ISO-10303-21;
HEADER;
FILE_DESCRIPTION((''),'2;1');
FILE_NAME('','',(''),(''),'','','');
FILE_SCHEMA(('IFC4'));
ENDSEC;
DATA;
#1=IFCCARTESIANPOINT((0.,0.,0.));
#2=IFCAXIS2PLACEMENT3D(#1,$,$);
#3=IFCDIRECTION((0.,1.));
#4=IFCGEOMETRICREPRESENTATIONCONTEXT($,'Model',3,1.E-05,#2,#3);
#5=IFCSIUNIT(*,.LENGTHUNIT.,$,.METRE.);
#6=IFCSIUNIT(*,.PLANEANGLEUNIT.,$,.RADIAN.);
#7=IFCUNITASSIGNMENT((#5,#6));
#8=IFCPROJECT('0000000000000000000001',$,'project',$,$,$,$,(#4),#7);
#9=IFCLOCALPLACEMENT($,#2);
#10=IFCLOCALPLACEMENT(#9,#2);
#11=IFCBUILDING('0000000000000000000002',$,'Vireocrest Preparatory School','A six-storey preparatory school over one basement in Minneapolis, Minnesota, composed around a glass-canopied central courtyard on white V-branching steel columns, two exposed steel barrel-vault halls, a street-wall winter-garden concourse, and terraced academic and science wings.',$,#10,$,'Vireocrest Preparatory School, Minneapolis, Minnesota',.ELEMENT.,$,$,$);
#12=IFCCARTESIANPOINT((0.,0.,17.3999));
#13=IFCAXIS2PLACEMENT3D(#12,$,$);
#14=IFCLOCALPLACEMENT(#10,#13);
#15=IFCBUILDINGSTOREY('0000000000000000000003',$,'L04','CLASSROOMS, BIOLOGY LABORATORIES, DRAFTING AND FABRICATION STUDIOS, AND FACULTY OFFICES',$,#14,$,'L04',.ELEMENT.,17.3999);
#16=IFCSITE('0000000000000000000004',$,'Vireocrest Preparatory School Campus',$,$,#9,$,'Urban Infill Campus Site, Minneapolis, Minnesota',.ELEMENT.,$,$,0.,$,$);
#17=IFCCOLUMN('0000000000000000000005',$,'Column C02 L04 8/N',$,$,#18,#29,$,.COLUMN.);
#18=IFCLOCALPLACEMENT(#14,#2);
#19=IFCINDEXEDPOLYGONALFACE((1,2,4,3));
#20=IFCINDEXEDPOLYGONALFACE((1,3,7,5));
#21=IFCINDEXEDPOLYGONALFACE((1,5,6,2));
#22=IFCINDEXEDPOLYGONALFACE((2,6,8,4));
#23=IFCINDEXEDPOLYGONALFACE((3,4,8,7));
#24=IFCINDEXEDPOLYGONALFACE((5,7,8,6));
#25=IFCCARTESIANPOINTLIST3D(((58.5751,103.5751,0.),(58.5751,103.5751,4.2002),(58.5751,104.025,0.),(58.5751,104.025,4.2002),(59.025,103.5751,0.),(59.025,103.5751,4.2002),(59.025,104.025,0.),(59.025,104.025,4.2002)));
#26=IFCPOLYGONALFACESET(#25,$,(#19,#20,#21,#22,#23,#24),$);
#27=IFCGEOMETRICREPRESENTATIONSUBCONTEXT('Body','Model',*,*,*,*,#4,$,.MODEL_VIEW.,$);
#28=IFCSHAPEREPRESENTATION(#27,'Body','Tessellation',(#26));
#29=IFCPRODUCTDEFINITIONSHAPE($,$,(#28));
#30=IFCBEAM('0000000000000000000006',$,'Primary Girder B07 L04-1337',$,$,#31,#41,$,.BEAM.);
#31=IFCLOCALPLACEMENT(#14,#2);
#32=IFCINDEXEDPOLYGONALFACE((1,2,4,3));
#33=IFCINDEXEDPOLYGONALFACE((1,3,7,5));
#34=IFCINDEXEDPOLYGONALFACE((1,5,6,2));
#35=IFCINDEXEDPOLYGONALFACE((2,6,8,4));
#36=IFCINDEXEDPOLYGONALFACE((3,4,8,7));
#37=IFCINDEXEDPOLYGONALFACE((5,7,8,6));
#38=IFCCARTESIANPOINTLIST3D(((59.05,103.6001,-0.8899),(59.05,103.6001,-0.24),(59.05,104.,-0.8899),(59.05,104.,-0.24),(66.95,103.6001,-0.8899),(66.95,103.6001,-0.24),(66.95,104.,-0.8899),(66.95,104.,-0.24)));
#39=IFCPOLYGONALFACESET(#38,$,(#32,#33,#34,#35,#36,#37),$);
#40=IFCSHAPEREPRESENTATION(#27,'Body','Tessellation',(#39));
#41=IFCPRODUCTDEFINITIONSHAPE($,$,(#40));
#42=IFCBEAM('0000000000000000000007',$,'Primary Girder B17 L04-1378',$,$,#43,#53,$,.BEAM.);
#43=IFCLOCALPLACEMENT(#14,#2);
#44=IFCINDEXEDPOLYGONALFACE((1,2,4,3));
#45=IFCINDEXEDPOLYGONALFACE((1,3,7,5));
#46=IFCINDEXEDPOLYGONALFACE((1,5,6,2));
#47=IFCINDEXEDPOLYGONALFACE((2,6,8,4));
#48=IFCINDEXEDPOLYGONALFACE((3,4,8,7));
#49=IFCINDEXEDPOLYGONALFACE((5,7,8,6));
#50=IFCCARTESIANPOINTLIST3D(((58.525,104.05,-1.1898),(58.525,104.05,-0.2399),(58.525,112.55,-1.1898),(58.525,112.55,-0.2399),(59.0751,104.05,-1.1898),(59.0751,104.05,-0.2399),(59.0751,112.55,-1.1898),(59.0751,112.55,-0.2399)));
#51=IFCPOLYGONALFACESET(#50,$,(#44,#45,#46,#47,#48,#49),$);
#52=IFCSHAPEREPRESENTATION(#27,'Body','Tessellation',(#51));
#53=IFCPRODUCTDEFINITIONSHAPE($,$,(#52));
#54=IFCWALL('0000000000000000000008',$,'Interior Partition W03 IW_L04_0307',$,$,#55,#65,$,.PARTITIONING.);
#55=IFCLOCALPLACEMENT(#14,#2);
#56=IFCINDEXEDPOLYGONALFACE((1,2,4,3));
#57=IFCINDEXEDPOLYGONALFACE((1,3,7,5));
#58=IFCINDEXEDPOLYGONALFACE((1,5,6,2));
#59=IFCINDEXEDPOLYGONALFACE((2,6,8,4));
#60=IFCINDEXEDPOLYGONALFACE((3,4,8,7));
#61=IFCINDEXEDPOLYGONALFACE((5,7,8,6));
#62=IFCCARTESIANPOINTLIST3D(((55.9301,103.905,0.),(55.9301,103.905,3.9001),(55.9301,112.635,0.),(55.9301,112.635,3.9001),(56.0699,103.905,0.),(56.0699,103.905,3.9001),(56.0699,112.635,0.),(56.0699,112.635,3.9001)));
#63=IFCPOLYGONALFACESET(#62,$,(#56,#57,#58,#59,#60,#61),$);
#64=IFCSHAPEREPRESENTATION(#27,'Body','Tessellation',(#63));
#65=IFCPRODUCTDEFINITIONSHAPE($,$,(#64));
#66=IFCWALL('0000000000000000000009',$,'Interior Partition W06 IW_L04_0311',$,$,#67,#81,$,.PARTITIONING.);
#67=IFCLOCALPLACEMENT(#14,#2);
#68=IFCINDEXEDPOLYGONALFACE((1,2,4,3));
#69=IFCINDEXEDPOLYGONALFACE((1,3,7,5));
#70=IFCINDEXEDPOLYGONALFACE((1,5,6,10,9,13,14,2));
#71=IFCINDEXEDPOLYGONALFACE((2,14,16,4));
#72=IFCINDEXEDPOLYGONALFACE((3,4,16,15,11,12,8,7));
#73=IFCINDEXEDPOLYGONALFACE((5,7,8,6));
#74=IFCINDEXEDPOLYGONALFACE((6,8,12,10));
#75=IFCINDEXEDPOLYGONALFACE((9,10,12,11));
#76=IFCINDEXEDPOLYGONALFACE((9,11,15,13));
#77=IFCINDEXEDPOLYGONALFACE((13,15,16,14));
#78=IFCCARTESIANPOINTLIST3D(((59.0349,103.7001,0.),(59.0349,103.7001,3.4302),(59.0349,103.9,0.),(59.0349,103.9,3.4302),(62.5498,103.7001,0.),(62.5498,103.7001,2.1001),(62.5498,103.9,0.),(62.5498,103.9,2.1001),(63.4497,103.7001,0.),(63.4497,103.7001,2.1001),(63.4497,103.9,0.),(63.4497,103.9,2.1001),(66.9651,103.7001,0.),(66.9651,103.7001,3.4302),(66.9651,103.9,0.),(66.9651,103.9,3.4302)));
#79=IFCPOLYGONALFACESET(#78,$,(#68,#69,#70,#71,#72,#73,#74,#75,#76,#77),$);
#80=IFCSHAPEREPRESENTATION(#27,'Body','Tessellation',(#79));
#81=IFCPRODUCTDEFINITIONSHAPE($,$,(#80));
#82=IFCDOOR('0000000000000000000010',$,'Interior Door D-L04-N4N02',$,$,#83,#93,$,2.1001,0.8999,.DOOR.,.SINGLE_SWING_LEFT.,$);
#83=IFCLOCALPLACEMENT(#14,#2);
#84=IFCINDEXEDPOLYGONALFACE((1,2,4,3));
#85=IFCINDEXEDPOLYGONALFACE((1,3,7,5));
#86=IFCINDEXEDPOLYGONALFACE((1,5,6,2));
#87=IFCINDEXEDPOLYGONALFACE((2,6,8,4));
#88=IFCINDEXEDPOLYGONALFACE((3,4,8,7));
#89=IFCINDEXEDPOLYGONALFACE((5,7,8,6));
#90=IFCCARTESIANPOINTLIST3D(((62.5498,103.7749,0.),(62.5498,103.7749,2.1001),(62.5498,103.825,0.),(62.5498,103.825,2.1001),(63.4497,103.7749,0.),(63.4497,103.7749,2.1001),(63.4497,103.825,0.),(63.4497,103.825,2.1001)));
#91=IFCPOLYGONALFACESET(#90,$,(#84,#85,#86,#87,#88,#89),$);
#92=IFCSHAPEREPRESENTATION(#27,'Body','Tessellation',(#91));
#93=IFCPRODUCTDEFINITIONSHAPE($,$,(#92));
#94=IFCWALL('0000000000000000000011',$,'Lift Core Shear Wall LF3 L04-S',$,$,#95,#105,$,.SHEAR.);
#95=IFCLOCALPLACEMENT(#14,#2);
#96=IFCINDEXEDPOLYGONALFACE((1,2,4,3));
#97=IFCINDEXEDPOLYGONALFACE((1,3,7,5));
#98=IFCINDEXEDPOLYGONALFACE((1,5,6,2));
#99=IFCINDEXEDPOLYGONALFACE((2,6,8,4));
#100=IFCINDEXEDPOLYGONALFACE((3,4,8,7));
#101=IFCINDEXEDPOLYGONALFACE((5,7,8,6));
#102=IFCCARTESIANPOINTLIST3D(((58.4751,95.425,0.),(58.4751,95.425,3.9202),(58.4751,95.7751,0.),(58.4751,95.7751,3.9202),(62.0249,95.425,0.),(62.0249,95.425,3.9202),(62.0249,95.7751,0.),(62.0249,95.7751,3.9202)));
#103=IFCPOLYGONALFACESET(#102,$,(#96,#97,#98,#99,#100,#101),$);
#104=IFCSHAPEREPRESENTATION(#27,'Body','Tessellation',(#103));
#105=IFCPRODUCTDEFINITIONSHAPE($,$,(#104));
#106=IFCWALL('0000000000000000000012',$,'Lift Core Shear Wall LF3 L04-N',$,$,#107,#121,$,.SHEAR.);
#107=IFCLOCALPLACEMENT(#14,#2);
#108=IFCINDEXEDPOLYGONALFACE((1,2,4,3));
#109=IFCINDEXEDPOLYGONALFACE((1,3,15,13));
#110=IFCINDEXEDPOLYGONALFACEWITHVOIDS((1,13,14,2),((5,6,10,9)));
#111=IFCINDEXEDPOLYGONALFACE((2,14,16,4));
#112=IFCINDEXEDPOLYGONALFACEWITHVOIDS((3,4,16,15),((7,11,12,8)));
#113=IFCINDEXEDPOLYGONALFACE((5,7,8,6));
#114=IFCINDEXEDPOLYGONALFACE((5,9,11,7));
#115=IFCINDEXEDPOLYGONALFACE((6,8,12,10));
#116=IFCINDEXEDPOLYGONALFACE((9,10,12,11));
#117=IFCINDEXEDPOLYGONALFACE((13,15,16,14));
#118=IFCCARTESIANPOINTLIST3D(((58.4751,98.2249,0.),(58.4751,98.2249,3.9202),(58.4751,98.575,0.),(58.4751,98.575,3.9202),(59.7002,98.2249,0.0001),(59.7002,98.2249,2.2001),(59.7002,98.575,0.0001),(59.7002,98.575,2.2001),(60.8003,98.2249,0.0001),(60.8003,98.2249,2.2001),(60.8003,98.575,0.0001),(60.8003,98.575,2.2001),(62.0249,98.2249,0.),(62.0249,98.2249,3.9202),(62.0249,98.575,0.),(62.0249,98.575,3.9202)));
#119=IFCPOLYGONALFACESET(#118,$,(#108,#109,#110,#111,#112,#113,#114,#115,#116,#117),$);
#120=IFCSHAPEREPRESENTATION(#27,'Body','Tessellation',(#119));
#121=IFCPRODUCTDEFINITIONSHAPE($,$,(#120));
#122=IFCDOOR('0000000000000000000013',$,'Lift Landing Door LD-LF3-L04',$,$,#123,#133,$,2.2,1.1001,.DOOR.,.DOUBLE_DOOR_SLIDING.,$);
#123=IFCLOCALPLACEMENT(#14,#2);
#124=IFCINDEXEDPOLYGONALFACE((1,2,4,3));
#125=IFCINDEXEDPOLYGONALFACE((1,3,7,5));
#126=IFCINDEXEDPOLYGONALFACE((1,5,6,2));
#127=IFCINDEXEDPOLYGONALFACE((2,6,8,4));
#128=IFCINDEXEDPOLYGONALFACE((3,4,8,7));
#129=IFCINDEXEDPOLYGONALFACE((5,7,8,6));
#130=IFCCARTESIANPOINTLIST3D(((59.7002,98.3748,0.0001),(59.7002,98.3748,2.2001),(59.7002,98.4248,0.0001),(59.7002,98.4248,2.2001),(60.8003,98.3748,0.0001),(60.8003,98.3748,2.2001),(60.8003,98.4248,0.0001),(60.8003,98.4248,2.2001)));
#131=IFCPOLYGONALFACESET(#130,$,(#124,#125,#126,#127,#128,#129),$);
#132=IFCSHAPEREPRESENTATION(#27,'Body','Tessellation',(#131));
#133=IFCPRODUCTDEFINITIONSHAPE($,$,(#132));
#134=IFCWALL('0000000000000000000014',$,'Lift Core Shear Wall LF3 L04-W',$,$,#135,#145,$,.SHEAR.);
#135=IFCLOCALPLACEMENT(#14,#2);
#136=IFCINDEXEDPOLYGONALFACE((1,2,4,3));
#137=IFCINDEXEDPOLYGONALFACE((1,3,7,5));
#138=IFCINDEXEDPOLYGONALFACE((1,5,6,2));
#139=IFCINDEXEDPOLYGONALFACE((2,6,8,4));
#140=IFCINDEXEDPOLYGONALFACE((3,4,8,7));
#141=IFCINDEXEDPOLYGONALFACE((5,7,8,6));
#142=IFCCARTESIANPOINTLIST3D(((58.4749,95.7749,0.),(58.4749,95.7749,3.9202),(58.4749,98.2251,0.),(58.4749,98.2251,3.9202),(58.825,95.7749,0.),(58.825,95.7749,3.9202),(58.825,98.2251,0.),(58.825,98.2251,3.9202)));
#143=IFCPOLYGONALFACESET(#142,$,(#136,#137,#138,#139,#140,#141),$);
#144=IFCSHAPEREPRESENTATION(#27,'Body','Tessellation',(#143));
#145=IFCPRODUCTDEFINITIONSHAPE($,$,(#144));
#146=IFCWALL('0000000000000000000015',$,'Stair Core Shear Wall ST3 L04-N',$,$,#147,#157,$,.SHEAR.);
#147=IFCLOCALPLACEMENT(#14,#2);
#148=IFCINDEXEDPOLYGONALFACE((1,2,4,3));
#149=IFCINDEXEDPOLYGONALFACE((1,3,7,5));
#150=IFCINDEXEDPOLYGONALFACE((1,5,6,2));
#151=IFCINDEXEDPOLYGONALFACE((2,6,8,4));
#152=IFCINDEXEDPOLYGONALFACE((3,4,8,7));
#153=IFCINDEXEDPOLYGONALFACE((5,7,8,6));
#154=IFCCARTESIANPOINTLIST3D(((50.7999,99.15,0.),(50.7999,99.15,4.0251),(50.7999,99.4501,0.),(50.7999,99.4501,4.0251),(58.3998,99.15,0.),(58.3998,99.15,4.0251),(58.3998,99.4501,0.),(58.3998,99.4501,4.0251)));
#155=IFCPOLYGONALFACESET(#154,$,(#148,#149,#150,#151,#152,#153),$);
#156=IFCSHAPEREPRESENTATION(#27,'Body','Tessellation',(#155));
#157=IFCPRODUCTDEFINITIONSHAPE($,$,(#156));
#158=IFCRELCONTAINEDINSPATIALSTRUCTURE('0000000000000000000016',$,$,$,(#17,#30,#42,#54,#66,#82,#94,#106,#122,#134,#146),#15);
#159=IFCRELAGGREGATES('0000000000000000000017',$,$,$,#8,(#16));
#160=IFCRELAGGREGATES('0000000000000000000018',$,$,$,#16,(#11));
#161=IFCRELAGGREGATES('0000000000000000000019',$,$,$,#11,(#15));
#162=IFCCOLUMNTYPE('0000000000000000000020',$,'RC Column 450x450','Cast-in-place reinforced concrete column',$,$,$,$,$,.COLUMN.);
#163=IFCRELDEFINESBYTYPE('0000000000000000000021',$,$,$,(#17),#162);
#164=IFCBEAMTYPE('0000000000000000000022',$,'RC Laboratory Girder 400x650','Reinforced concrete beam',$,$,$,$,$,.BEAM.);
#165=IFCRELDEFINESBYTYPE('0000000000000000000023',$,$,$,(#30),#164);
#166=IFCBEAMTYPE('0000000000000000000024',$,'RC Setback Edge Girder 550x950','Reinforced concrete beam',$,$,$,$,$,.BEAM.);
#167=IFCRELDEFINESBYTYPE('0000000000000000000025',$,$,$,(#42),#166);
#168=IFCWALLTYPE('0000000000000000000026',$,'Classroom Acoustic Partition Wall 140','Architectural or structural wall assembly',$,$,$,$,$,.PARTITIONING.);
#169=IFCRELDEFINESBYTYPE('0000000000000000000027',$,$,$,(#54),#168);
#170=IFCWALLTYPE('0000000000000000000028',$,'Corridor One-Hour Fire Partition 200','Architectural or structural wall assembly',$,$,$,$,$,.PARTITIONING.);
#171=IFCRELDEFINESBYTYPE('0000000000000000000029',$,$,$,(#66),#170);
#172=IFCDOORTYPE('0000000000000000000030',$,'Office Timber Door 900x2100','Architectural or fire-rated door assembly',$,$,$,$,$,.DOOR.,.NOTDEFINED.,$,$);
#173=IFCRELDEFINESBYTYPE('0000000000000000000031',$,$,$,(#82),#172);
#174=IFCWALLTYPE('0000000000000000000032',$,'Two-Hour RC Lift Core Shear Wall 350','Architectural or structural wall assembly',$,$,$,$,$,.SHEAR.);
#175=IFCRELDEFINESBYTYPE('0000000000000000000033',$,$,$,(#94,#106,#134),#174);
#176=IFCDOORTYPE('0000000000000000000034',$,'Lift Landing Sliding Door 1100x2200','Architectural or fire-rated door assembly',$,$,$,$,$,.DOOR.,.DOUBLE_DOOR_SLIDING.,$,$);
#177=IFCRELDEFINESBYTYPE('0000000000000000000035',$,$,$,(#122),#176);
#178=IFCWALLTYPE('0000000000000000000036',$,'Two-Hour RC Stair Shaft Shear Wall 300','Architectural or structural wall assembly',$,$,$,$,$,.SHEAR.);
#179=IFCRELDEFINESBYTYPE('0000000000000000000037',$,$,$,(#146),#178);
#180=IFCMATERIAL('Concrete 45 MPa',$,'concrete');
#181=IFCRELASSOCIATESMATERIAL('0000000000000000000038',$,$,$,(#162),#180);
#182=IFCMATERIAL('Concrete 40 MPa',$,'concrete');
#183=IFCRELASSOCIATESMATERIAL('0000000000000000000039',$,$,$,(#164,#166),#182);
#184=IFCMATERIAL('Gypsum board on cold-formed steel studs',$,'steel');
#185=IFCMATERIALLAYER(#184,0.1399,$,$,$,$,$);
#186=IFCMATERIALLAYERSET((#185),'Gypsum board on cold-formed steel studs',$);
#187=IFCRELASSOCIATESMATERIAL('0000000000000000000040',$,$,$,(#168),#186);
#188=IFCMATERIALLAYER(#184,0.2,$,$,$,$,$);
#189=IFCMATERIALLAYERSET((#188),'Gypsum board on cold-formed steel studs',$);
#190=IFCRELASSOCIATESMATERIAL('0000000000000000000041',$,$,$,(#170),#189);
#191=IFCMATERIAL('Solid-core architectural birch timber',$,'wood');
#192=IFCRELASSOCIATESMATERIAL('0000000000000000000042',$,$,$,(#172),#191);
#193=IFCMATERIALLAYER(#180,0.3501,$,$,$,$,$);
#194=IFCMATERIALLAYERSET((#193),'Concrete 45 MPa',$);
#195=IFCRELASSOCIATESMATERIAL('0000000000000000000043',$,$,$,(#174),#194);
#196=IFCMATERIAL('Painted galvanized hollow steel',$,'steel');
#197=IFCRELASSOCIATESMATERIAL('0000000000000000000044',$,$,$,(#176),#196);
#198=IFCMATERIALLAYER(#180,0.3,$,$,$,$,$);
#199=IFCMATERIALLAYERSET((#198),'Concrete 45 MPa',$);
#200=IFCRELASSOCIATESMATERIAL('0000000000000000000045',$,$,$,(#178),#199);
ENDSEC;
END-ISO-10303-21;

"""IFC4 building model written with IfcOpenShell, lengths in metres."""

from ifc_helpers import new_model, si_unit, direction, frame, frame_2d, origin, origin_2d, place, context, subcontext, project, spatial, rectangle, extrude, material, layer, layer_set, material_profile, profile_set, type_object, element, fill, save


model = new_model("IFC4")

# Units and contexts
model_context = context("Model", 3, precision=1e-05, world=origin(), true_north=direction((0.0, 1.0)))
body_context = subcontext(model_context, "Body", "Model", "MODEL_VIEW")
ifc_project = project(units=[si_unit("LENGTHUNIT", "METRE"), si_unit("PLANEANGLEUNIT", "RADIAN")], contexts=[model_context])

# Site, building, storey
site_placement = place(None, origin())
site = spatial("IfcSite", under=ifc_project, at=site_placement, Name="Vireocrest Preparatory School Campus", LongName="Urban Infill Campus Site, Minneapolis, Minnesota", CompositionType="ELEMENT", RefElevation=0.0)
building_placement = place(site_placement, origin())
building = spatial("IfcBuilding", under=site, at=building_placement, Name="Vireocrest Preparatory School", Description="A six-storey preparatory school over one basement in Minneapolis, Minnesota, composed around a glass-canopied central courtyard on white V-branching steel columns, two exposed steel barrel-vault halls, a street-wall winter-garden concourse, and terraced academic and science wings.", LongName="Vireocrest Preparatory School, Minneapolis, Minnesota", CompositionType="ELEMENT")
storey_placement = place(building_placement, frame((0.0, 0.0, 17.3999)))
storey = spatial("IfcBuildingStorey", under=building, at=storey_placement, Name="L04", Description="CLASSROOMS, BIOLOGY LABORATORIES, DRAFTING AND FABRICATION STUDIOS, AND FACULTY OFFICES", LongName="L04", CompositionType="ELEMENT", Elevation=17.3999)

# Column
ifc_material_1 = material(Name="Concrete 45 MPa", Category="concrete")
ifc_material_profile_1 = material_profile(ifc_material_1, rectangle(XDim=0.45, YDim=0.45, at=origin_2d()), Name="RC 450x450")
ifc_profile_set_1 = profile_set([ifc_material_profile_1], Name="Concrete 45 MPa")
column_type = type_object("IfcColumnType", Name="RC Column 450x450", Description="Cast-in-place reinforced concrete column", PredefinedType="COLUMN", material=ifc_profile_set_1)
column_placement = place(storey_placement, frame((58.8, 103.8, 0.0), z_axis=(0.0, 0.0, 1.0), x_axis=(1.0, 0.0, 0.0)))
element("IfcColumn", 1, at=column_placement, inside=storey, type_object=column_type, Name="Column C02 L04 8/N", PredefinedType="COLUMN", context=body_context, shape_type="SweptSolid", body=[
    extrude(rectangle(XDim=0.45, YDim=0.45, at=origin_2d()), origin(), (0.0, 0.0, 1.0), 4.2002),
])

# Beams
ifc_material_2 = material(Name="Concrete 40 MPa", Category="concrete")
ifc_material_profile_2 = material_profile(ifc_material_2, rectangle(XDim=0.3999, YDim=0.6499, at=origin_2d()), Name="RC 400x650")
ifc_profile_set_2 = profile_set([ifc_material_profile_2], Name="Concrete 40 MPa")
beam_type_1 = type_object("IfcBeamType", Name="RC Laboratory Girder 400x650", Description="Reinforced concrete beam", PredefinedType="BEAM", material=ifc_profile_set_2)
beam_1_placement = place(storey_placement, frame((59.05, 103.8, -0.5649), z_axis=(1.0, 0.0, 0.0), x_axis=(0.0, 1.0, 0.0)))
element("IfcBeam", 2, at=beam_1_placement, inside=storey, type_object=beam_type_1, Name="Primary Girder B07 L04-1337", PredefinedType="BEAM", context=body_context, shape_type="SweptSolid", body=[
    extrude(rectangle(XDim=0.3999, YDim=0.6499, at=origin_2d()), origin(), (0.0, 0.0, 1.0), 7.8999),
])
ifc_material_profile_3 = material_profile(ifc_material_2, rectangle(XDim=0.55, YDim=0.95, at=origin_2d()), Name="RC 550x950")
ifc_profile_set_3 = profile_set([ifc_material_profile_3], Name="Concrete 40 MPa")
beam_type_2 = type_object("IfcBeamType", Name="RC Setback Edge Girder 550x950", Description="Reinforced concrete beam", PredefinedType="BEAM", material=ifc_profile_set_3)
beam_2_placement = place(storey_placement, frame((58.8, 104.05, -0.7148), z_axis=(0.0, 1.0, 0.0), x_axis=(-1.0, 0.0, 0.0)))
element("IfcBeam", 3, at=beam_2_placement, inside=storey, type_object=beam_type_2, Name="Primary Girder B17 L04-1378", PredefinedType="BEAM", context=body_context, shape_type="SweptSolid", body=[
    extrude(rectangle(XDim=0.55, YDim=0.95, at=origin_2d()), origin(), (0.0, 0.0, 1.0), 8.5),
])

# Wall
ifc_material_3 = material(Name="Gypsum board on cold-formed steel studs", Category="steel")
ifc_layer_1 = layer(ifc_material_3, 0.1399)
ifc_layer_set_1 = layer_set([ifc_layer_1], Name="Gypsum board on cold-formed steel studs")
wall_type_1 = type_object("IfcWallType", Name="Classroom Acoustic Partition Wall 140", Description="Architectural or structural wall assembly", PredefinedType="PARTITIONING", material=ifc_layer_set_1)
wall_1_placement = place(storey_placement, frame((56.0, 103.905, 0.0), z_axis=(0.0, 0.0, 1.0), x_axis=(0.0, 1.0, 0.0)))
element("IfcWall", 4, at=wall_1_placement, inside=storey, type_object=wall_type_1, Name="Interior Partition W03 IW_L04_0307", PredefinedType="PARTITIONING", context=body_context, shape_type="SweptSolid", body=[
    extrude(rectangle(XDim=8.73, YDim=0.1399, at=frame_2d((4.365, 0.0))), origin(), (0.0, 0.0, 1.0), 3.9001),
])

# Wall, opening, door
ifc_layer_2 = layer(ifc_material_3, 0.2)
ifc_layer_set_2 = layer_set([ifc_layer_2], Name="Gypsum board on cold-formed steel studs")
wall_type_2 = type_object("IfcWallType", Name="Corridor One-Hour Fire Partition 200", Description="Architectural or structural wall assembly", PredefinedType="PARTITIONING", material=ifc_layer_set_2)
wall_2_placement = place(storey_placement, frame((59.0349, 103.8, 0.0), z_axis=(0.0, 0.0, 1.0), x_axis=(1.0, 0.0, 0.0)))
wall_2 = element("IfcWall", 5, at=wall_2_placement, inside=storey, type_object=wall_type_2, Name="Interior Partition W06 IW_L04_0311", PredefinedType="PARTITIONING", context=body_context, shape_type="SweptSolid", body=[
    extrude(rectangle(XDim=7.9302, YDim=0.2, at=frame_2d((3.9651, 0.0))), origin(), (0.0, 0.0, 1.0), 3.4302),
])
opening_1_placement = place(wall_2_placement, frame((3.5149, 0.0, 0.0)))
opening_1 = element("IfcOpeningElement", 6, at=opening_1_placement, cuts=wall_2, PredefinedType="OPENING", context=body_context, shape_type="SweptSolid", body=[
    extrude(rectangle(XDim=0.8999, YDim=2.1001, at=frame_2d((0.45, 1.05))), frame((0.0, 0.1099, 0.0), z_axis=(0.0, -1.0, 0.0), x_axis=(1.0, 0.0, 0.0)), (0.0, 0.0, 1.0), 0.22),
])
ifc_material_4 = material(Name="Solid-core architectural birch timber", Category="wood")
door_type_1 = type_object("IfcDoorType", Name="Office Timber Door 900x2100", Description="Architectural or fire-rated door assembly", OperationType="NOTDEFINED", PredefinedType="DOOR", material=ifc_material_4)
door_1_placement = place(opening_1_placement, origin())
door_1 = element("IfcDoor", 7, at=door_1_placement, inside=storey, type_object=door_type_1, Name="Interior Door D-L04-N4N02", OperationType="SINGLE_SWING_LEFT", OverallHeight=2.1001, OverallWidth=0.8999, PredefinedType="DOOR", context=body_context, shape_type="SweptSolid", body=[
    extrude(rectangle(XDim=0.8999, YDim=2.1001, at=frame_2d((0.45, 1.05))), frame((0.0, 0.0249, 0.0), z_axis=(0.0, -1.0, 0.0), x_axis=(1.0, 0.0, 0.0)), (0.0, 0.0, 1.0), 0.05),
])
fill(opening_1, door_1)

# Wall
ifc_layer_3 = layer(ifc_material_1, 0.3501)
ifc_layer_set_3 = layer_set([ifc_layer_3], Name="Concrete 45 MPa")
wall_type_3 = type_object("IfcWallType", Name="Two-Hour RC Lift Core Shear Wall 350", Description="Architectural or structural wall assembly", PredefinedType="SHEAR", material=ifc_layer_set_3)
wall_3_placement = place(storey_placement, frame((58.4751, 95.6001, 0.0), z_axis=(0.0, 0.0, 1.0), x_axis=(1.0, 0.0, 0.0)))
element("IfcWall", 8, at=wall_3_placement, inside=storey, type_object=wall_type_3, Name="Lift Core Shear Wall LF3 L04-S", PredefinedType="SHEAR", context=body_context, shape_type="SweptSolid", body=[
    extrude(rectangle(XDim=3.5498, YDim=0.3501, at=frame_2d((1.7749, 0.0))), origin(), (0.0, 0.0, 1.0), 3.9202),
])

# Wall, opening, door
wall_4_placement = place(storey_placement, frame((58.4751, 98.3999, 0.0), z_axis=(0.0, 0.0, 1.0), x_axis=(1.0, 0.0, 0.0)))
wall_4 = element("IfcWall", 9, at=wall_4_placement, inside=storey, type_object=wall_type_3, Name="Lift Core Shear Wall LF3 L04-N", PredefinedType="SHEAR", context=body_context, shape_type="SweptSolid", body=[
    extrude(rectangle(XDim=3.5498, YDim=0.3501, at=frame_2d((1.7749, 0.0))), origin(), (0.0, 0.0, 1.0), 3.9202),
])
opening_2_placement = place(wall_4_placement, frame((1.2251, 0.0, 0.0)))
opening_2 = element("IfcOpeningElement", 10, at=opening_2_placement, cuts=wall_4, PredefinedType="OPENING", context=body_context, shape_type="SweptSolid", body=[
    extrude(rectangle(XDim=1.1001, YDim=2.2, at=frame_2d((0.55, 1.1001))), frame((0.0, 0.1851, 0.0), z_axis=(0.0, -1.0, 0.0), x_axis=(1.0, 0.0, 0.0)), (0.0, 0.0, 1.0), 0.3701),
])
ifc_material_5 = material(Name="Painted galvanized hollow steel", Category="steel")
door_type_2 = type_object("IfcDoorType", Name="Lift Landing Sliding Door 1100x2200", Description="Architectural or fire-rated door assembly", OperationType="DOUBLE_DOOR_SLIDING", PredefinedType="DOOR", material=ifc_material_5)
door_2_placement = place(opening_2_placement, origin())
door_2 = element("IfcDoor", 11, at=door_2_placement, inside=storey, type_object=door_type_2, Name="Lift Landing Door LD-LF3-L04", OperationType="DOUBLE_DOOR_SLIDING", OverallHeight=2.2, OverallWidth=1.1001, PredefinedType="DOOR", context=body_context, shape_type="SweptSolid", body=[
    extrude(rectangle(XDim=1.1001, YDim=2.2, at=frame_2d((0.55, 1.1001))), frame((0.0, 0.0249, 0.0), z_axis=(0.0, -1.0, 0.0), x_axis=(1.0, 0.0, 0.0)), (0.0, 0.0, 1.0), 0.05),
])
fill(opening_2, door_2)

# Walls
wall_5_placement = place(storey_placement, frame((58.6499, 95.7749, 0.0), z_axis=(0.0, 0.0, 1.0), x_axis=(0.0, 1.0, 0.0)))
element("IfcWall", 12, at=wall_5_placement, inside=storey, type_object=wall_type_3, Name="Lift Core Shear Wall LF3 L04-W", PredefinedType="SHEAR", context=body_context, shape_type="SweptSolid", body=[
    extrude(rectangle(XDim=2.4502, YDim=0.3501, at=frame_2d((1.2251, 0.0))), origin(), (0.0, 0.0, 1.0), 3.9202),
])
ifc_layer_4 = layer(ifc_material_1, 0.3)
ifc_layer_set_4 = layer_set([ifc_layer_4], Name="Concrete 45 MPa")
wall_type_4 = type_object("IfcWallType", Name="Two-Hour RC Stair Shaft Shear Wall 300", Description="Architectural or structural wall assembly", PredefinedType="SHEAR", material=ifc_layer_set_4)
wall_6_placement = place(storey_placement, frame((50.8, 99.3, 0.0), z_axis=(0.0, 0.0, 1.0), x_axis=(1.0, 0.0, 0.0)))
element("IfcWall", 13, at=wall_6_placement, inside=storey, type_object=wall_type_4, Name="Stair Core Shear Wall ST3 L04-N", PredefinedType="SHEAR", context=body_context, shape_type="SweptSolid", body=[
    extrude(rectangle(XDim=7.5999, YDim=0.3, at=frame_2d((3.7998, 0.0))), origin(), (0.0, 0.0, 1.0), 4.0251),
])

save(model, "model.ifc")
